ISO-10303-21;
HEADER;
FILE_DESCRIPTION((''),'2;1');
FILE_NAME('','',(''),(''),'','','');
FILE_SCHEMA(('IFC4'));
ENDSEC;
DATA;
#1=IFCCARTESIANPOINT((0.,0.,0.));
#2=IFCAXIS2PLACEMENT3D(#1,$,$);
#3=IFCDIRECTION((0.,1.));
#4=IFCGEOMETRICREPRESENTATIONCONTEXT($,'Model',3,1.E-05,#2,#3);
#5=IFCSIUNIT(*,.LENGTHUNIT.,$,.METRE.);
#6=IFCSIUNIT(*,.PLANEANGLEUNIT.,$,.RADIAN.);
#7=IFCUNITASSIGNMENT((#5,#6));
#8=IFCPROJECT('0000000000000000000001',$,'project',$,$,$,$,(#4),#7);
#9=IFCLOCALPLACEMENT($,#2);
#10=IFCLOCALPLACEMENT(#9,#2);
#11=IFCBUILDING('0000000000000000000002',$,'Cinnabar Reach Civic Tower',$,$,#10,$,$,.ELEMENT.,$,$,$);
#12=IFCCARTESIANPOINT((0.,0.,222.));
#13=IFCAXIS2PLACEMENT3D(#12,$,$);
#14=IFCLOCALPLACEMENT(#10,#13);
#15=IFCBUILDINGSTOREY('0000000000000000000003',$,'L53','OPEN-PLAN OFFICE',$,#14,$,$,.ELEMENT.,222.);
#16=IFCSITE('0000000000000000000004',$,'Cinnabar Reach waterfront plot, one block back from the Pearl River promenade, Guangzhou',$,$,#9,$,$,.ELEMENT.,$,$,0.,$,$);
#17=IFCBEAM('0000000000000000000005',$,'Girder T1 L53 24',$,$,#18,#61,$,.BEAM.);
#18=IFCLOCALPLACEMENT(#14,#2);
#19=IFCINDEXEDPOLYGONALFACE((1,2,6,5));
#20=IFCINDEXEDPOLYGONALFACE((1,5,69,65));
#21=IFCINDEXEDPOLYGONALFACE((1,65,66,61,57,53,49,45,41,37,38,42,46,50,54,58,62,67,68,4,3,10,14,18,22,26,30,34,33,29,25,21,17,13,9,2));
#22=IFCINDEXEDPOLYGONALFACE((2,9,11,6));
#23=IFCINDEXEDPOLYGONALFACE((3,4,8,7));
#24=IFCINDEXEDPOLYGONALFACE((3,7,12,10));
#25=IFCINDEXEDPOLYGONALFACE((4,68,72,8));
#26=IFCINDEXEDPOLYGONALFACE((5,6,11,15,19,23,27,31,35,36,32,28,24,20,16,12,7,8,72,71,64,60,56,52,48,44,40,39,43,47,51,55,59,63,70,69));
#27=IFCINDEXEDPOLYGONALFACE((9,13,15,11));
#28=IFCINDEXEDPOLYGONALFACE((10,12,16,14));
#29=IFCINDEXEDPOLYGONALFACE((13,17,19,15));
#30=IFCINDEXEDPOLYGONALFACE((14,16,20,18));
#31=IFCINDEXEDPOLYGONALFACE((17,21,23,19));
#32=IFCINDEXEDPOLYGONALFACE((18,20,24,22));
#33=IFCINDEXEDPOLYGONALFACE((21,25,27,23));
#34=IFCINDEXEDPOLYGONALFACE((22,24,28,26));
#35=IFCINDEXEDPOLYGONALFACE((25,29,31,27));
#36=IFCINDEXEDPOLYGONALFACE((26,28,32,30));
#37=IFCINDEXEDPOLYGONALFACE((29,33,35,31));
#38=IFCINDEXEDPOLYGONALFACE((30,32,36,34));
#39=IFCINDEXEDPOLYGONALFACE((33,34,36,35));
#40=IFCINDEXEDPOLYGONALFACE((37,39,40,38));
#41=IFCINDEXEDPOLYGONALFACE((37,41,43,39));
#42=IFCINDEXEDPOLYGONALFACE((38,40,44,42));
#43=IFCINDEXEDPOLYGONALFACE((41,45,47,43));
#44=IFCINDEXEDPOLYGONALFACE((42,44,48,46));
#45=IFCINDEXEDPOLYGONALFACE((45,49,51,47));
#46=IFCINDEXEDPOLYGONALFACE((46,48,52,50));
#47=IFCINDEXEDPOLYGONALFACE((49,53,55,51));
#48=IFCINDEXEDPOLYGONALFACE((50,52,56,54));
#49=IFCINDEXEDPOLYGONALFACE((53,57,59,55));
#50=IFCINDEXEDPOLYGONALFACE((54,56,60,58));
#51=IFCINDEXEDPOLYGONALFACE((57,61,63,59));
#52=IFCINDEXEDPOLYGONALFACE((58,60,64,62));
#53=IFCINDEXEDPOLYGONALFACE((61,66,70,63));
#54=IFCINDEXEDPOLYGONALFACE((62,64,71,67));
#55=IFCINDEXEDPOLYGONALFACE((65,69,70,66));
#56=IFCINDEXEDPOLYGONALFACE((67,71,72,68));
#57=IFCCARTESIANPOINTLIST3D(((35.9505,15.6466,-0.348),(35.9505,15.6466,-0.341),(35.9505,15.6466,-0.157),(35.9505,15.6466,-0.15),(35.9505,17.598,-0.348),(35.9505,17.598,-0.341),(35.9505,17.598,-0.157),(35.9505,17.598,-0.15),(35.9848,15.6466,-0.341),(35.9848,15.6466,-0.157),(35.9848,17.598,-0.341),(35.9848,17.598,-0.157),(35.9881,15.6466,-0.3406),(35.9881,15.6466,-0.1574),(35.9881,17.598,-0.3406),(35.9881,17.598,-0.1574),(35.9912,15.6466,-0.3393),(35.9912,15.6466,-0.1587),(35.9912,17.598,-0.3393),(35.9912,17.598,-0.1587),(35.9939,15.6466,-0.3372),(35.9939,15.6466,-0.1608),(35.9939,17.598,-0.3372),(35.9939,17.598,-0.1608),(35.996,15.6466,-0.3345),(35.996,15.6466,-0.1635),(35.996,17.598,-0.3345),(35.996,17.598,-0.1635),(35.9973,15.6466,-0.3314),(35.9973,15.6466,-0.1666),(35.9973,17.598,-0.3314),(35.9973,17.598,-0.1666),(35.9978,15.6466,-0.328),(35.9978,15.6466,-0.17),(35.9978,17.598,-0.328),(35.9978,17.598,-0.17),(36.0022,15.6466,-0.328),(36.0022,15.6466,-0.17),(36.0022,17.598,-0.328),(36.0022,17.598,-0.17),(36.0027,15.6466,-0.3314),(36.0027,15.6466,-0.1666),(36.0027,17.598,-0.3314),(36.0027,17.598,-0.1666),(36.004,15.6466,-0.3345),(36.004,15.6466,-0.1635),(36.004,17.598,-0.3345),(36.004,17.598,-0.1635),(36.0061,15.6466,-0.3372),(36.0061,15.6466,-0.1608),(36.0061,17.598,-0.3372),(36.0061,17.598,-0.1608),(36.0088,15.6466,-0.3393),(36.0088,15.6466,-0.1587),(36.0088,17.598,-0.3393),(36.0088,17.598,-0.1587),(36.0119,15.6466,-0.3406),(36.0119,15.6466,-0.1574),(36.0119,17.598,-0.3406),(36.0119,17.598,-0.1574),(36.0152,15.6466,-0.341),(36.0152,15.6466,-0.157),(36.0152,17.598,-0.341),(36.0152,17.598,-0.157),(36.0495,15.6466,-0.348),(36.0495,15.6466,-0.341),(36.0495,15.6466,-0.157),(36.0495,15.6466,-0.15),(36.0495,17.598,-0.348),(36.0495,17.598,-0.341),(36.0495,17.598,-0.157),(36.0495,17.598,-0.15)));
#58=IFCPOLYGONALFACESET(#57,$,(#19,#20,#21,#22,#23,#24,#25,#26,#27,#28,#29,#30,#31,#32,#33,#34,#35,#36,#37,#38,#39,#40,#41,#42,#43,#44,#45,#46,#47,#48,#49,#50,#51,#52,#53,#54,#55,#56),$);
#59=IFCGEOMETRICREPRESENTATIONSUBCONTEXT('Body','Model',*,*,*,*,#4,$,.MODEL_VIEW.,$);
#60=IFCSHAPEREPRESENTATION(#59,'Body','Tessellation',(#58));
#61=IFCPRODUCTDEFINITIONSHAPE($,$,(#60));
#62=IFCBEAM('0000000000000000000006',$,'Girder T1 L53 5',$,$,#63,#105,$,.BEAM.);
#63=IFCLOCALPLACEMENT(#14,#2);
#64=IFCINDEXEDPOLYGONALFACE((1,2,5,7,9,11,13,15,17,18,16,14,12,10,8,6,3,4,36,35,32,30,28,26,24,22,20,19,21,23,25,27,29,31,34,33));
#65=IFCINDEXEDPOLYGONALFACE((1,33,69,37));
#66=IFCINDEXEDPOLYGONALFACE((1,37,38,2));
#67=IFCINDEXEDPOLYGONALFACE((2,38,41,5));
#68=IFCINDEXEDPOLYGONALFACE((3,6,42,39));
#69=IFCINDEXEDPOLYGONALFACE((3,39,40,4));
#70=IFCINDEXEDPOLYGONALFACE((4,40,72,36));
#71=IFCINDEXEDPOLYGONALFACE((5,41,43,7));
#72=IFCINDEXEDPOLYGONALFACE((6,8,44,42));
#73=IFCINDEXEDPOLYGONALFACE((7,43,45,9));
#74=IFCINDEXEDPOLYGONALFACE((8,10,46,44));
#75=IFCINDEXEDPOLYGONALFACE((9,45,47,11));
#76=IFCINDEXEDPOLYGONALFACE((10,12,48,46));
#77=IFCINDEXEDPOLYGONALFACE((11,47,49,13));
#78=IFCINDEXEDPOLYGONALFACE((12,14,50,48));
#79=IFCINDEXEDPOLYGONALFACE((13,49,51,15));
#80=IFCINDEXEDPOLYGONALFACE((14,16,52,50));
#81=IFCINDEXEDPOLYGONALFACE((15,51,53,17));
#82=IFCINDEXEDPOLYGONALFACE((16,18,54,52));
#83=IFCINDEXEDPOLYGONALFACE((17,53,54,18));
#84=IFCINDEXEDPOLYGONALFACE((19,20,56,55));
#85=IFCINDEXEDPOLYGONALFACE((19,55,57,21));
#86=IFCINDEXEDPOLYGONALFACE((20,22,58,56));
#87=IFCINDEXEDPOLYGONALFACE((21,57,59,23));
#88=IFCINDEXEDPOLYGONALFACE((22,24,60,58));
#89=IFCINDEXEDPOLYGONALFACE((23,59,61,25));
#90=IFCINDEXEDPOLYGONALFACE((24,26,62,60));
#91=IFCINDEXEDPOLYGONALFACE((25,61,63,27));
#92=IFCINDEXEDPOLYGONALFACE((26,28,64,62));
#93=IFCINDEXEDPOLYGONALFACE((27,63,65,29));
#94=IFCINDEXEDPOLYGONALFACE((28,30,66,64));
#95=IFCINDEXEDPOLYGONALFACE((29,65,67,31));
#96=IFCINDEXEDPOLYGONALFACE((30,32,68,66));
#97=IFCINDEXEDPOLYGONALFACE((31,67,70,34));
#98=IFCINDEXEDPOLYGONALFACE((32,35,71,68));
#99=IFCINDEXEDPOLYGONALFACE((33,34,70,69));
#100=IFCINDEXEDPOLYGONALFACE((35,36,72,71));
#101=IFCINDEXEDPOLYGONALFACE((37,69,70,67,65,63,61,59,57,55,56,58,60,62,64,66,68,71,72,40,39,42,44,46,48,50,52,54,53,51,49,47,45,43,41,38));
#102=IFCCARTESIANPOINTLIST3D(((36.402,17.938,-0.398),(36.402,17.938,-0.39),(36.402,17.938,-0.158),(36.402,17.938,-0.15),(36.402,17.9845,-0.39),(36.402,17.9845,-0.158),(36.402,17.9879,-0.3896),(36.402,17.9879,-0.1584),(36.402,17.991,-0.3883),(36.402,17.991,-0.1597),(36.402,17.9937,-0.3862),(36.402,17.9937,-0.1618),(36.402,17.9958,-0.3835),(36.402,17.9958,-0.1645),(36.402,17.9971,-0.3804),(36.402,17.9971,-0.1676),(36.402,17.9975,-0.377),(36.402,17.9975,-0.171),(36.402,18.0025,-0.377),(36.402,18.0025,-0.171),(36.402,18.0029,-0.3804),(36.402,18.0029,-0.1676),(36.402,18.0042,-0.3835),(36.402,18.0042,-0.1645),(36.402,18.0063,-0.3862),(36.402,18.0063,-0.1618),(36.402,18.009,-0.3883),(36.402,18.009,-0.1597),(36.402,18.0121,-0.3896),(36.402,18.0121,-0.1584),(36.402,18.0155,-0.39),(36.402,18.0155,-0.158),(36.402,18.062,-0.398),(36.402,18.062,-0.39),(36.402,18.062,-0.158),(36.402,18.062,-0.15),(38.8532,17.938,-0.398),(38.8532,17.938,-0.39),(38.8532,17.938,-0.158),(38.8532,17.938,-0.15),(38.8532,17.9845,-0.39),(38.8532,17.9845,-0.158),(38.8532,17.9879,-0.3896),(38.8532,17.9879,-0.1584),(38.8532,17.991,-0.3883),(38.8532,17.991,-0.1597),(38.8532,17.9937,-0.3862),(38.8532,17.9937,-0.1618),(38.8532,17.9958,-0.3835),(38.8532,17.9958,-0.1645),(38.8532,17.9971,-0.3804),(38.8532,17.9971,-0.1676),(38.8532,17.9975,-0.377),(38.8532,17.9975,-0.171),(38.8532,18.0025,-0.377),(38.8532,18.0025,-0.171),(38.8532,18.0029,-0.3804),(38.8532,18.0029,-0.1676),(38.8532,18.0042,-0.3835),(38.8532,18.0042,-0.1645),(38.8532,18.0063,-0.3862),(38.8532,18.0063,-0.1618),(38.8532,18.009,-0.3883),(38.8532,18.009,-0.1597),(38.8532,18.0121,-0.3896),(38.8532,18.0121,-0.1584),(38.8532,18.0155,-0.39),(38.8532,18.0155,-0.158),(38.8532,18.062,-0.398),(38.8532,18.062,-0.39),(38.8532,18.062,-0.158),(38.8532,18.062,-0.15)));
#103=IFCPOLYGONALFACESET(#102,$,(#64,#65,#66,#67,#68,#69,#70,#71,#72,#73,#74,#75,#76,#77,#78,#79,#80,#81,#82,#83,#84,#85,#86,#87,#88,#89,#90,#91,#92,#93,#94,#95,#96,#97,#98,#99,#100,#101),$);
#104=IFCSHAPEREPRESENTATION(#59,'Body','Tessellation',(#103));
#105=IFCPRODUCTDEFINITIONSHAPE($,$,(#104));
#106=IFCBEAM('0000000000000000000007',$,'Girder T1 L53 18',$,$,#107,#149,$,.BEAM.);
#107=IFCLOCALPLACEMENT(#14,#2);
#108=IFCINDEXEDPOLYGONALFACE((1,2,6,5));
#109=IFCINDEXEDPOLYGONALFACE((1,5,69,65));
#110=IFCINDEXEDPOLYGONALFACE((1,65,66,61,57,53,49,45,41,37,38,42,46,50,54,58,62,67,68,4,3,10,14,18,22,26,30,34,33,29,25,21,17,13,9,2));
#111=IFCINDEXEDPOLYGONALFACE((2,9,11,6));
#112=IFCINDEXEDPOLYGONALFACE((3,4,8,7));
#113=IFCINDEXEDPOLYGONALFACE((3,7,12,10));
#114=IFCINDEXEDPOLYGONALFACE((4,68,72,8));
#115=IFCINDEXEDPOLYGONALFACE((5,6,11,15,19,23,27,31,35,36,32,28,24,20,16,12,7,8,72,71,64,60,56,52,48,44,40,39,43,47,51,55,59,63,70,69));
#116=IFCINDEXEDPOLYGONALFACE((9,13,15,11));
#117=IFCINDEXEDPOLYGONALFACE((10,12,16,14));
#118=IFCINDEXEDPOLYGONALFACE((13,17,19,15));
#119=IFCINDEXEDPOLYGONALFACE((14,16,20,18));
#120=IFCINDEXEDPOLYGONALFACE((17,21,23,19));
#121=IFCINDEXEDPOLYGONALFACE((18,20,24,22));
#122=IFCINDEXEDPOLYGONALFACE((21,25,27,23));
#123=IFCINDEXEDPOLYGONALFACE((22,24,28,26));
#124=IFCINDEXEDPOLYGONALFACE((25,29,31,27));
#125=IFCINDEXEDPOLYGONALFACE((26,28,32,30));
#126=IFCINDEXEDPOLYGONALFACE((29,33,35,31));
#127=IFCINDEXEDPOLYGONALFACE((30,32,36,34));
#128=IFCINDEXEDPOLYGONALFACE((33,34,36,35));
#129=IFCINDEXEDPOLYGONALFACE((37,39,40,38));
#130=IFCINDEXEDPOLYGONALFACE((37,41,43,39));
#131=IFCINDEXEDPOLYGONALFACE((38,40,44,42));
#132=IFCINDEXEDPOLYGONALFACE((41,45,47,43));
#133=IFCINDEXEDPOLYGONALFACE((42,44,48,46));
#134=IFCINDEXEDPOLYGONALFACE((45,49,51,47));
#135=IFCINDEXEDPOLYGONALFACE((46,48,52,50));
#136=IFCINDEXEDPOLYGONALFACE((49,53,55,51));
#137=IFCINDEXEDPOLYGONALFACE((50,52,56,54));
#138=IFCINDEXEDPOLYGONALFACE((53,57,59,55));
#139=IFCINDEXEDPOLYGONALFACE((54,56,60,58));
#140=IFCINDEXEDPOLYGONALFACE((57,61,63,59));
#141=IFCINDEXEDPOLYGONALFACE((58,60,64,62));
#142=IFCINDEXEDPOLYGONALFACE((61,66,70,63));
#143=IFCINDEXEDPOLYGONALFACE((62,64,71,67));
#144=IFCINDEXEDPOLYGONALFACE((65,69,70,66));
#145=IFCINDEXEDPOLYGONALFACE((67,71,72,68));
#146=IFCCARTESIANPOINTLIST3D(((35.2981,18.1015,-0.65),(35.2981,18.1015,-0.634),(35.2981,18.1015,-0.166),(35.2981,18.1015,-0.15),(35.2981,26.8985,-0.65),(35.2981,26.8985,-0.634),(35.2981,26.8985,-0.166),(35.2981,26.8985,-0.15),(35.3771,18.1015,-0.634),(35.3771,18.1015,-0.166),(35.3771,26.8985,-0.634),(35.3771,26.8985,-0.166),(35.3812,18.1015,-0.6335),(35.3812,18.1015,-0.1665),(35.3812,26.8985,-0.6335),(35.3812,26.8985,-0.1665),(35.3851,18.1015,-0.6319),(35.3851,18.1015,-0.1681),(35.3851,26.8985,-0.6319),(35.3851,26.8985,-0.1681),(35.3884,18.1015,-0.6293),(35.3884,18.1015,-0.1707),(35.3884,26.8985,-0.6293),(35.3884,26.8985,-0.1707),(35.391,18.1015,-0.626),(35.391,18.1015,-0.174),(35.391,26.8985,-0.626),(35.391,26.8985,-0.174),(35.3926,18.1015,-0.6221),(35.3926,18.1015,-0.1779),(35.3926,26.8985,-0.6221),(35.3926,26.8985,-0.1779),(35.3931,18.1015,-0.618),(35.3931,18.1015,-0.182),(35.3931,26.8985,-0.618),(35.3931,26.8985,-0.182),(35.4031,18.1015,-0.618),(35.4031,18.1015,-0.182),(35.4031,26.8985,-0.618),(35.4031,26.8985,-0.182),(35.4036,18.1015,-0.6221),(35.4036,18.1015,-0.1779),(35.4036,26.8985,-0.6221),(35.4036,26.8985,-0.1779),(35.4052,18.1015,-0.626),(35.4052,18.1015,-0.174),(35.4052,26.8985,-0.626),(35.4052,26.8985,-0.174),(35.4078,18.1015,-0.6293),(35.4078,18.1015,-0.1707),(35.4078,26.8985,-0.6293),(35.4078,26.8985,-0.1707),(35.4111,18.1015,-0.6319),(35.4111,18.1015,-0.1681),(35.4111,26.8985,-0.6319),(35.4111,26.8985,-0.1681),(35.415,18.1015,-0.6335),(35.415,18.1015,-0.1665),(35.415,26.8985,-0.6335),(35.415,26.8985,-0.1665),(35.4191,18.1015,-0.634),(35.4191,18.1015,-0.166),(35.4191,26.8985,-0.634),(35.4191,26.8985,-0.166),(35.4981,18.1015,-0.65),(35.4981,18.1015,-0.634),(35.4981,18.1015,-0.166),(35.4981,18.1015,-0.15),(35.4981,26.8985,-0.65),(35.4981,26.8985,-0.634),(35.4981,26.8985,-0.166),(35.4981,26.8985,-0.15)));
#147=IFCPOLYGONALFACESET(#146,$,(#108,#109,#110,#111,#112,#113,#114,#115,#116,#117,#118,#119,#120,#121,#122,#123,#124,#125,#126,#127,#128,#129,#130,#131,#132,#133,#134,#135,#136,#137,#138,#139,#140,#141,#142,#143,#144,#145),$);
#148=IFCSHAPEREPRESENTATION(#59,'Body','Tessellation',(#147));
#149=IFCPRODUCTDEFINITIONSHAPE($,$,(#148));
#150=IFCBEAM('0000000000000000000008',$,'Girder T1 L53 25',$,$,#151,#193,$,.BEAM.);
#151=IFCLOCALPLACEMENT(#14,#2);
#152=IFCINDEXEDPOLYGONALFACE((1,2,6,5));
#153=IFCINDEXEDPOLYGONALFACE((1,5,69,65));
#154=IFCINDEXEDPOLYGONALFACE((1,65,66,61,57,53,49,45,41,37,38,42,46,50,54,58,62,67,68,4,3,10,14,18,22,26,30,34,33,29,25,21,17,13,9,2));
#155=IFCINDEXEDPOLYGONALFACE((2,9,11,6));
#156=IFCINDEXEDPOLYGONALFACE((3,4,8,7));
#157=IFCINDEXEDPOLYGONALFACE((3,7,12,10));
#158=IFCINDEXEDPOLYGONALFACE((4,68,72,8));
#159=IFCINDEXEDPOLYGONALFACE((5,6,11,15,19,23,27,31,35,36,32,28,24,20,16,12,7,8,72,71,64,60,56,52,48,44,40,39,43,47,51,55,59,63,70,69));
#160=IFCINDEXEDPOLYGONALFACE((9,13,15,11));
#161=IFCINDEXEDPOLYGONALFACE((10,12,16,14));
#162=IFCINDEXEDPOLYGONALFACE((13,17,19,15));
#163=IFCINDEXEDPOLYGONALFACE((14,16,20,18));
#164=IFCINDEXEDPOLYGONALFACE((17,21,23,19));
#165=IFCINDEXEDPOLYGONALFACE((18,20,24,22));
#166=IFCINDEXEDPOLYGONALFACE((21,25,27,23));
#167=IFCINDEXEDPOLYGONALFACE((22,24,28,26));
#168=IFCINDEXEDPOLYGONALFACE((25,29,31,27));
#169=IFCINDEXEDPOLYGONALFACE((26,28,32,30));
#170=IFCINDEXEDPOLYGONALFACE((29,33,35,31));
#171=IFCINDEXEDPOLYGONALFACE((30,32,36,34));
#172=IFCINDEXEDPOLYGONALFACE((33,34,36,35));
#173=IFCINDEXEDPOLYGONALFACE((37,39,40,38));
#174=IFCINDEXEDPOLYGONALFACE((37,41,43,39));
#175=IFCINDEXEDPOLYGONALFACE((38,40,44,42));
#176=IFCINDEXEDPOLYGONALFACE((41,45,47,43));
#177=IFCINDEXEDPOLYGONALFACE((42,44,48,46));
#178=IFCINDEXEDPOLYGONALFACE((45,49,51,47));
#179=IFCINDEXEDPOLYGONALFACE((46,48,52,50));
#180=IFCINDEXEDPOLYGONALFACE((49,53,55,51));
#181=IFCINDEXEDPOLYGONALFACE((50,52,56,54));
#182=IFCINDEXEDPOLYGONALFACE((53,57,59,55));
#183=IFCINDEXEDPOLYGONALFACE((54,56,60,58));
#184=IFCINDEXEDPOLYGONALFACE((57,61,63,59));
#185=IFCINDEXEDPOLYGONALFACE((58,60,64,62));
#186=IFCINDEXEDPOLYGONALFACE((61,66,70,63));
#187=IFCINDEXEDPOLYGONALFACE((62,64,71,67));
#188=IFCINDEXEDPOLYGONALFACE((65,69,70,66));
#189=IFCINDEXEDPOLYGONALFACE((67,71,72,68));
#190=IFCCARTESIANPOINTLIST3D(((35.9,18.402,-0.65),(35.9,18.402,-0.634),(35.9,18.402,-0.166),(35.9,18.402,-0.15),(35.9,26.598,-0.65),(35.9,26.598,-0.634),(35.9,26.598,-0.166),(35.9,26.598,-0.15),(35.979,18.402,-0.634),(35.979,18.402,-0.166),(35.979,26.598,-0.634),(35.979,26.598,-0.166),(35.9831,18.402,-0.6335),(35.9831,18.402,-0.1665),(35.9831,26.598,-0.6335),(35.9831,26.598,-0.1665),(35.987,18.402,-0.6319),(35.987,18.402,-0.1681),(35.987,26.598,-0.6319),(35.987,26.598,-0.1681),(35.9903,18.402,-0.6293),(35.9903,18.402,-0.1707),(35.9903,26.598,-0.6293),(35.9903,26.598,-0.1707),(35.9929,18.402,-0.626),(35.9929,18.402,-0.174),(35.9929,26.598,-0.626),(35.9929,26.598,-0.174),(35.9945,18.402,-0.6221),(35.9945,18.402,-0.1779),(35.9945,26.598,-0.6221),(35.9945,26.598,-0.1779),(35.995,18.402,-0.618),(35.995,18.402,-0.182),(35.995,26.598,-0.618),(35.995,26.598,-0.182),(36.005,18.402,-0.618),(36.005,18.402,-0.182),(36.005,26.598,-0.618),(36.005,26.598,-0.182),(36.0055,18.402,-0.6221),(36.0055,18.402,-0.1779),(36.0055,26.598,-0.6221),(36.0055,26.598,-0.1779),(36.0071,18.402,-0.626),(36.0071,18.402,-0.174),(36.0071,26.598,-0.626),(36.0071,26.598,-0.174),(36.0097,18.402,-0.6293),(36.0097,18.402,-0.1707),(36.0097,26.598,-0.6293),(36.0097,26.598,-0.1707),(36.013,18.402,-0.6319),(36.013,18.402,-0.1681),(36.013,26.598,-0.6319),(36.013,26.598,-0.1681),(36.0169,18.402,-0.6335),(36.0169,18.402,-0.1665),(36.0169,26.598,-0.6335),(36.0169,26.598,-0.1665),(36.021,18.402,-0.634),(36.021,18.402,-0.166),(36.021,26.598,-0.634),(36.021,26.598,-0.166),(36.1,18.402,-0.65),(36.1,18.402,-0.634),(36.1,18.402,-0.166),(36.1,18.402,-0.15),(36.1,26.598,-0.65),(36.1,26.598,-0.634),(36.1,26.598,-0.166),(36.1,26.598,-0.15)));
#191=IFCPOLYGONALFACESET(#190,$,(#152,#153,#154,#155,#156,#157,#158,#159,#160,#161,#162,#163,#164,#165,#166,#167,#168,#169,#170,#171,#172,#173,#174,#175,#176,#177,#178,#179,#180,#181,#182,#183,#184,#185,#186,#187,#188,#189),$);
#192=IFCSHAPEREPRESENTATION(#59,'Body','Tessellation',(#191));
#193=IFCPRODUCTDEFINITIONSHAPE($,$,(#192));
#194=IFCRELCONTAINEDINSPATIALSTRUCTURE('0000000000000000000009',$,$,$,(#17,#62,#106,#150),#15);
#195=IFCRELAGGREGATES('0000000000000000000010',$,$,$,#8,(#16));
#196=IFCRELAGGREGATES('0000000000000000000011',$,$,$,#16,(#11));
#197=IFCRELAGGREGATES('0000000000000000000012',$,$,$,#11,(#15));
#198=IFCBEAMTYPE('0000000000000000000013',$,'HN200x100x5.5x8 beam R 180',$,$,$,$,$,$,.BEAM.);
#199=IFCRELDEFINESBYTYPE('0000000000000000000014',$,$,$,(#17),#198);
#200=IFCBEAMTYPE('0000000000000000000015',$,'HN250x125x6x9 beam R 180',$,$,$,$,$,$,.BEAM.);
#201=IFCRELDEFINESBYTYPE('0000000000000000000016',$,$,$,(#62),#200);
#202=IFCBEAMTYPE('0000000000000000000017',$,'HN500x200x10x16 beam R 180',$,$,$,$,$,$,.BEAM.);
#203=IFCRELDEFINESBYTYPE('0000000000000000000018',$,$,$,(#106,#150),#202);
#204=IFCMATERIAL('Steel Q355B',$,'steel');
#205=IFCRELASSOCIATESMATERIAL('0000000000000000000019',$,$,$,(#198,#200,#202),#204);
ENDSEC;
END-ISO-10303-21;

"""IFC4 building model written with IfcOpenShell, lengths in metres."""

from ifc_helpers import new_model, si_unit, direction, frame, origin, origin_2d, place, context, subcontext, project, spatial, i_section, extrude, material, material_profile, profile_set, type_object, element, save


model = new_model("IFC4")

# Units and contexts
model_context = context("Model", 3, precision=1e-05, world=origin(), true_north=direction((0.0, 1.0)))
body_context = subcontext(model_context, "Body", "Model", "MODEL_VIEW")
ifc_project = project(units=[si_unit("LENGTHUNIT", "METRE"), si_unit("PLANEANGLEUNIT", "RADIAN")], contexts=[model_context])

# Site, building, storey
site_placement = place(None, origin())
site = spatial("IfcSite", under=ifc_project, at=site_placement, Name="Cinnabar Reach waterfront plot, one block back from the Pearl River promenade, Guangzhou", CompositionType="ELEMENT", RefElevation=0.0)
building_placement = place(site_placement, origin())
building = spatial("IfcBuilding", under=site, at=building_placement, Name="Cinnabar Reach Civic Tower", CompositionType="ELEMENT")
storey_placement = place(building_placement, frame((0.0, 0.0, 222.0)))
storey = spatial("IfcBuildingStorey", under=building, at=storey_placement, Name="L53", Description="OPEN-PLAN OFFICE", CompositionType="ELEMENT", Elevation=222.0)

# Beams
ifc_material_1 = material(Name="Steel Q355B", Category="steel")
ifc_material_profile_1 = material_profile(ifc_material_1, i_section(OverallWidth=0.099, OverallDepth=0.198, WebThickness=0.0045, FlangeThickness=0.007, FilletRadius=0.013, at=origin_2d()), Name="HN200x100x5.5x8")
ifc_profile_set_1 = profile_set([ifc_material_profile_1], Name="Steel Q355B")
beam_type_1 = type_object("IfcBeamType", Name="HN200x100x5.5x8 beam R 180", PredefinedType="BEAM", material=ifc_profile_set_1)
beam_1_placement = place(storey_placement, frame((36.0, 15.6466, -0.249), z_axis=(0.0, 1.0, 0.0), x_axis=(-1.0, 0.0, 0.0)))
element("IfcBeam", 1, at=beam_1_placement, inside=storey, type_object=beam_type_1, Name="Girder T1 L53 24", PredefinedType="BEAM", context=body_context, shape_type="SweptSolid", body=[
    extrude(i_section(OverallWidth=0.099, OverallDepth=0.198, WebThickness=0.0045, FlangeThickness=0.007, FilletRadius=0.013, at=origin_2d()), origin(), (0.0, 0.0, 1.0), 1.9514),
])
ifc_material_profile_2 = material_profile(ifc_material_1, i_section(OverallWidth=0.124, OverallDepth=0.248, WebThickness=0.005, FlangeThickness=0.008, FilletRadius=0.013, at=origin_2d()), Name="HN250x125x6x9")
ifc_profile_set_2 = profile_set([ifc_material_profile_2], Name="Steel Q355B")
beam_type_2 = type_object("IfcBeamType", Name="HN250x125x6x9 beam R 180", PredefinedType="BEAM", material=ifc_profile_set_2)
beam_2_placement = place(storey_placement, frame((36.402, 18.0, -0.274), z_axis=(1.0, 0.0, 0.0), x_axis=(0.0, 1.0, 0.0)))
element("IfcBeam", 2, at=beam_2_placement, inside=storey, type_object=beam_type_2, Name="Girder T1 L53 5", PredefinedType="BEAM", context=body_context, shape_type="SweptSolid", body=[
    extrude(i_section(OverallWidth=0.124, OverallDepth=0.248, WebThickness=0.005, FlangeThickness=0.008, FilletRadius=0.013, at=origin_2d()), origin(), (0.0, 0.0, 1.0), 2.4512),
])
ifc_material_profile_3 = material_profile(ifc_material_1, i_section(OverallWidth=0.2, OverallDepth=0.5, WebThickness=0.01, FlangeThickness=0.016, FilletRadius=0.016, at=origin_2d()), Name="HN500x200x10x16")
ifc_profile_set_3 = profile_set([ifc_material_profile_3], Name="Steel Q355B")
beam_type_3 = type_object("IfcBeamType", Name="HN500x200x10x16 beam R 180", PredefinedType="BEAM", material=ifc_profile_set_3)
beam_3_placement = place(storey_placement, frame((35.3981, 18.1015, -0.4), z_axis=(0.0, 1.0, 0.0), x_axis=(-1.0, 0.0, 0.0)))
element("IfcBeam", 3, at=beam_3_placement, inside=storey, type_object=beam_type_3, Name="Girder T1 L53 18", PredefinedType="BEAM", context=body_context, shape_type="SweptSolid", body=[
    extrude(i_section(OverallWidth=0.2, OverallDepth=0.5, WebThickness=0.01, FlangeThickness=0.016, FilletRadius=0.016, at=origin_2d()), origin(), (0.0, 0.0, 1.0), 8.797),
])
beam_4_placement = place(storey_placement, frame((36.0, 18.402, -0.4), z_axis=(0.0, 1.0, 0.0), x_axis=(-1.0, 0.0, 0.0)))
element("IfcBeam", 4, at=beam_4_placement, inside=storey, type_object=beam_type_3, Name="Girder T1 L53 25", PredefinedType="BEAM", context=body_context, shape_type="SweptSolid", body=[
    extrude(i_section(OverallWidth=0.2, OverallDepth=0.5, WebThickness=0.01, FlangeThickness=0.016, FilletRadius=0.016, at=origin_2d()), origin(), (0.0, 0.0, 1.0), 8.196),
])

save(model, "model.ifc")
